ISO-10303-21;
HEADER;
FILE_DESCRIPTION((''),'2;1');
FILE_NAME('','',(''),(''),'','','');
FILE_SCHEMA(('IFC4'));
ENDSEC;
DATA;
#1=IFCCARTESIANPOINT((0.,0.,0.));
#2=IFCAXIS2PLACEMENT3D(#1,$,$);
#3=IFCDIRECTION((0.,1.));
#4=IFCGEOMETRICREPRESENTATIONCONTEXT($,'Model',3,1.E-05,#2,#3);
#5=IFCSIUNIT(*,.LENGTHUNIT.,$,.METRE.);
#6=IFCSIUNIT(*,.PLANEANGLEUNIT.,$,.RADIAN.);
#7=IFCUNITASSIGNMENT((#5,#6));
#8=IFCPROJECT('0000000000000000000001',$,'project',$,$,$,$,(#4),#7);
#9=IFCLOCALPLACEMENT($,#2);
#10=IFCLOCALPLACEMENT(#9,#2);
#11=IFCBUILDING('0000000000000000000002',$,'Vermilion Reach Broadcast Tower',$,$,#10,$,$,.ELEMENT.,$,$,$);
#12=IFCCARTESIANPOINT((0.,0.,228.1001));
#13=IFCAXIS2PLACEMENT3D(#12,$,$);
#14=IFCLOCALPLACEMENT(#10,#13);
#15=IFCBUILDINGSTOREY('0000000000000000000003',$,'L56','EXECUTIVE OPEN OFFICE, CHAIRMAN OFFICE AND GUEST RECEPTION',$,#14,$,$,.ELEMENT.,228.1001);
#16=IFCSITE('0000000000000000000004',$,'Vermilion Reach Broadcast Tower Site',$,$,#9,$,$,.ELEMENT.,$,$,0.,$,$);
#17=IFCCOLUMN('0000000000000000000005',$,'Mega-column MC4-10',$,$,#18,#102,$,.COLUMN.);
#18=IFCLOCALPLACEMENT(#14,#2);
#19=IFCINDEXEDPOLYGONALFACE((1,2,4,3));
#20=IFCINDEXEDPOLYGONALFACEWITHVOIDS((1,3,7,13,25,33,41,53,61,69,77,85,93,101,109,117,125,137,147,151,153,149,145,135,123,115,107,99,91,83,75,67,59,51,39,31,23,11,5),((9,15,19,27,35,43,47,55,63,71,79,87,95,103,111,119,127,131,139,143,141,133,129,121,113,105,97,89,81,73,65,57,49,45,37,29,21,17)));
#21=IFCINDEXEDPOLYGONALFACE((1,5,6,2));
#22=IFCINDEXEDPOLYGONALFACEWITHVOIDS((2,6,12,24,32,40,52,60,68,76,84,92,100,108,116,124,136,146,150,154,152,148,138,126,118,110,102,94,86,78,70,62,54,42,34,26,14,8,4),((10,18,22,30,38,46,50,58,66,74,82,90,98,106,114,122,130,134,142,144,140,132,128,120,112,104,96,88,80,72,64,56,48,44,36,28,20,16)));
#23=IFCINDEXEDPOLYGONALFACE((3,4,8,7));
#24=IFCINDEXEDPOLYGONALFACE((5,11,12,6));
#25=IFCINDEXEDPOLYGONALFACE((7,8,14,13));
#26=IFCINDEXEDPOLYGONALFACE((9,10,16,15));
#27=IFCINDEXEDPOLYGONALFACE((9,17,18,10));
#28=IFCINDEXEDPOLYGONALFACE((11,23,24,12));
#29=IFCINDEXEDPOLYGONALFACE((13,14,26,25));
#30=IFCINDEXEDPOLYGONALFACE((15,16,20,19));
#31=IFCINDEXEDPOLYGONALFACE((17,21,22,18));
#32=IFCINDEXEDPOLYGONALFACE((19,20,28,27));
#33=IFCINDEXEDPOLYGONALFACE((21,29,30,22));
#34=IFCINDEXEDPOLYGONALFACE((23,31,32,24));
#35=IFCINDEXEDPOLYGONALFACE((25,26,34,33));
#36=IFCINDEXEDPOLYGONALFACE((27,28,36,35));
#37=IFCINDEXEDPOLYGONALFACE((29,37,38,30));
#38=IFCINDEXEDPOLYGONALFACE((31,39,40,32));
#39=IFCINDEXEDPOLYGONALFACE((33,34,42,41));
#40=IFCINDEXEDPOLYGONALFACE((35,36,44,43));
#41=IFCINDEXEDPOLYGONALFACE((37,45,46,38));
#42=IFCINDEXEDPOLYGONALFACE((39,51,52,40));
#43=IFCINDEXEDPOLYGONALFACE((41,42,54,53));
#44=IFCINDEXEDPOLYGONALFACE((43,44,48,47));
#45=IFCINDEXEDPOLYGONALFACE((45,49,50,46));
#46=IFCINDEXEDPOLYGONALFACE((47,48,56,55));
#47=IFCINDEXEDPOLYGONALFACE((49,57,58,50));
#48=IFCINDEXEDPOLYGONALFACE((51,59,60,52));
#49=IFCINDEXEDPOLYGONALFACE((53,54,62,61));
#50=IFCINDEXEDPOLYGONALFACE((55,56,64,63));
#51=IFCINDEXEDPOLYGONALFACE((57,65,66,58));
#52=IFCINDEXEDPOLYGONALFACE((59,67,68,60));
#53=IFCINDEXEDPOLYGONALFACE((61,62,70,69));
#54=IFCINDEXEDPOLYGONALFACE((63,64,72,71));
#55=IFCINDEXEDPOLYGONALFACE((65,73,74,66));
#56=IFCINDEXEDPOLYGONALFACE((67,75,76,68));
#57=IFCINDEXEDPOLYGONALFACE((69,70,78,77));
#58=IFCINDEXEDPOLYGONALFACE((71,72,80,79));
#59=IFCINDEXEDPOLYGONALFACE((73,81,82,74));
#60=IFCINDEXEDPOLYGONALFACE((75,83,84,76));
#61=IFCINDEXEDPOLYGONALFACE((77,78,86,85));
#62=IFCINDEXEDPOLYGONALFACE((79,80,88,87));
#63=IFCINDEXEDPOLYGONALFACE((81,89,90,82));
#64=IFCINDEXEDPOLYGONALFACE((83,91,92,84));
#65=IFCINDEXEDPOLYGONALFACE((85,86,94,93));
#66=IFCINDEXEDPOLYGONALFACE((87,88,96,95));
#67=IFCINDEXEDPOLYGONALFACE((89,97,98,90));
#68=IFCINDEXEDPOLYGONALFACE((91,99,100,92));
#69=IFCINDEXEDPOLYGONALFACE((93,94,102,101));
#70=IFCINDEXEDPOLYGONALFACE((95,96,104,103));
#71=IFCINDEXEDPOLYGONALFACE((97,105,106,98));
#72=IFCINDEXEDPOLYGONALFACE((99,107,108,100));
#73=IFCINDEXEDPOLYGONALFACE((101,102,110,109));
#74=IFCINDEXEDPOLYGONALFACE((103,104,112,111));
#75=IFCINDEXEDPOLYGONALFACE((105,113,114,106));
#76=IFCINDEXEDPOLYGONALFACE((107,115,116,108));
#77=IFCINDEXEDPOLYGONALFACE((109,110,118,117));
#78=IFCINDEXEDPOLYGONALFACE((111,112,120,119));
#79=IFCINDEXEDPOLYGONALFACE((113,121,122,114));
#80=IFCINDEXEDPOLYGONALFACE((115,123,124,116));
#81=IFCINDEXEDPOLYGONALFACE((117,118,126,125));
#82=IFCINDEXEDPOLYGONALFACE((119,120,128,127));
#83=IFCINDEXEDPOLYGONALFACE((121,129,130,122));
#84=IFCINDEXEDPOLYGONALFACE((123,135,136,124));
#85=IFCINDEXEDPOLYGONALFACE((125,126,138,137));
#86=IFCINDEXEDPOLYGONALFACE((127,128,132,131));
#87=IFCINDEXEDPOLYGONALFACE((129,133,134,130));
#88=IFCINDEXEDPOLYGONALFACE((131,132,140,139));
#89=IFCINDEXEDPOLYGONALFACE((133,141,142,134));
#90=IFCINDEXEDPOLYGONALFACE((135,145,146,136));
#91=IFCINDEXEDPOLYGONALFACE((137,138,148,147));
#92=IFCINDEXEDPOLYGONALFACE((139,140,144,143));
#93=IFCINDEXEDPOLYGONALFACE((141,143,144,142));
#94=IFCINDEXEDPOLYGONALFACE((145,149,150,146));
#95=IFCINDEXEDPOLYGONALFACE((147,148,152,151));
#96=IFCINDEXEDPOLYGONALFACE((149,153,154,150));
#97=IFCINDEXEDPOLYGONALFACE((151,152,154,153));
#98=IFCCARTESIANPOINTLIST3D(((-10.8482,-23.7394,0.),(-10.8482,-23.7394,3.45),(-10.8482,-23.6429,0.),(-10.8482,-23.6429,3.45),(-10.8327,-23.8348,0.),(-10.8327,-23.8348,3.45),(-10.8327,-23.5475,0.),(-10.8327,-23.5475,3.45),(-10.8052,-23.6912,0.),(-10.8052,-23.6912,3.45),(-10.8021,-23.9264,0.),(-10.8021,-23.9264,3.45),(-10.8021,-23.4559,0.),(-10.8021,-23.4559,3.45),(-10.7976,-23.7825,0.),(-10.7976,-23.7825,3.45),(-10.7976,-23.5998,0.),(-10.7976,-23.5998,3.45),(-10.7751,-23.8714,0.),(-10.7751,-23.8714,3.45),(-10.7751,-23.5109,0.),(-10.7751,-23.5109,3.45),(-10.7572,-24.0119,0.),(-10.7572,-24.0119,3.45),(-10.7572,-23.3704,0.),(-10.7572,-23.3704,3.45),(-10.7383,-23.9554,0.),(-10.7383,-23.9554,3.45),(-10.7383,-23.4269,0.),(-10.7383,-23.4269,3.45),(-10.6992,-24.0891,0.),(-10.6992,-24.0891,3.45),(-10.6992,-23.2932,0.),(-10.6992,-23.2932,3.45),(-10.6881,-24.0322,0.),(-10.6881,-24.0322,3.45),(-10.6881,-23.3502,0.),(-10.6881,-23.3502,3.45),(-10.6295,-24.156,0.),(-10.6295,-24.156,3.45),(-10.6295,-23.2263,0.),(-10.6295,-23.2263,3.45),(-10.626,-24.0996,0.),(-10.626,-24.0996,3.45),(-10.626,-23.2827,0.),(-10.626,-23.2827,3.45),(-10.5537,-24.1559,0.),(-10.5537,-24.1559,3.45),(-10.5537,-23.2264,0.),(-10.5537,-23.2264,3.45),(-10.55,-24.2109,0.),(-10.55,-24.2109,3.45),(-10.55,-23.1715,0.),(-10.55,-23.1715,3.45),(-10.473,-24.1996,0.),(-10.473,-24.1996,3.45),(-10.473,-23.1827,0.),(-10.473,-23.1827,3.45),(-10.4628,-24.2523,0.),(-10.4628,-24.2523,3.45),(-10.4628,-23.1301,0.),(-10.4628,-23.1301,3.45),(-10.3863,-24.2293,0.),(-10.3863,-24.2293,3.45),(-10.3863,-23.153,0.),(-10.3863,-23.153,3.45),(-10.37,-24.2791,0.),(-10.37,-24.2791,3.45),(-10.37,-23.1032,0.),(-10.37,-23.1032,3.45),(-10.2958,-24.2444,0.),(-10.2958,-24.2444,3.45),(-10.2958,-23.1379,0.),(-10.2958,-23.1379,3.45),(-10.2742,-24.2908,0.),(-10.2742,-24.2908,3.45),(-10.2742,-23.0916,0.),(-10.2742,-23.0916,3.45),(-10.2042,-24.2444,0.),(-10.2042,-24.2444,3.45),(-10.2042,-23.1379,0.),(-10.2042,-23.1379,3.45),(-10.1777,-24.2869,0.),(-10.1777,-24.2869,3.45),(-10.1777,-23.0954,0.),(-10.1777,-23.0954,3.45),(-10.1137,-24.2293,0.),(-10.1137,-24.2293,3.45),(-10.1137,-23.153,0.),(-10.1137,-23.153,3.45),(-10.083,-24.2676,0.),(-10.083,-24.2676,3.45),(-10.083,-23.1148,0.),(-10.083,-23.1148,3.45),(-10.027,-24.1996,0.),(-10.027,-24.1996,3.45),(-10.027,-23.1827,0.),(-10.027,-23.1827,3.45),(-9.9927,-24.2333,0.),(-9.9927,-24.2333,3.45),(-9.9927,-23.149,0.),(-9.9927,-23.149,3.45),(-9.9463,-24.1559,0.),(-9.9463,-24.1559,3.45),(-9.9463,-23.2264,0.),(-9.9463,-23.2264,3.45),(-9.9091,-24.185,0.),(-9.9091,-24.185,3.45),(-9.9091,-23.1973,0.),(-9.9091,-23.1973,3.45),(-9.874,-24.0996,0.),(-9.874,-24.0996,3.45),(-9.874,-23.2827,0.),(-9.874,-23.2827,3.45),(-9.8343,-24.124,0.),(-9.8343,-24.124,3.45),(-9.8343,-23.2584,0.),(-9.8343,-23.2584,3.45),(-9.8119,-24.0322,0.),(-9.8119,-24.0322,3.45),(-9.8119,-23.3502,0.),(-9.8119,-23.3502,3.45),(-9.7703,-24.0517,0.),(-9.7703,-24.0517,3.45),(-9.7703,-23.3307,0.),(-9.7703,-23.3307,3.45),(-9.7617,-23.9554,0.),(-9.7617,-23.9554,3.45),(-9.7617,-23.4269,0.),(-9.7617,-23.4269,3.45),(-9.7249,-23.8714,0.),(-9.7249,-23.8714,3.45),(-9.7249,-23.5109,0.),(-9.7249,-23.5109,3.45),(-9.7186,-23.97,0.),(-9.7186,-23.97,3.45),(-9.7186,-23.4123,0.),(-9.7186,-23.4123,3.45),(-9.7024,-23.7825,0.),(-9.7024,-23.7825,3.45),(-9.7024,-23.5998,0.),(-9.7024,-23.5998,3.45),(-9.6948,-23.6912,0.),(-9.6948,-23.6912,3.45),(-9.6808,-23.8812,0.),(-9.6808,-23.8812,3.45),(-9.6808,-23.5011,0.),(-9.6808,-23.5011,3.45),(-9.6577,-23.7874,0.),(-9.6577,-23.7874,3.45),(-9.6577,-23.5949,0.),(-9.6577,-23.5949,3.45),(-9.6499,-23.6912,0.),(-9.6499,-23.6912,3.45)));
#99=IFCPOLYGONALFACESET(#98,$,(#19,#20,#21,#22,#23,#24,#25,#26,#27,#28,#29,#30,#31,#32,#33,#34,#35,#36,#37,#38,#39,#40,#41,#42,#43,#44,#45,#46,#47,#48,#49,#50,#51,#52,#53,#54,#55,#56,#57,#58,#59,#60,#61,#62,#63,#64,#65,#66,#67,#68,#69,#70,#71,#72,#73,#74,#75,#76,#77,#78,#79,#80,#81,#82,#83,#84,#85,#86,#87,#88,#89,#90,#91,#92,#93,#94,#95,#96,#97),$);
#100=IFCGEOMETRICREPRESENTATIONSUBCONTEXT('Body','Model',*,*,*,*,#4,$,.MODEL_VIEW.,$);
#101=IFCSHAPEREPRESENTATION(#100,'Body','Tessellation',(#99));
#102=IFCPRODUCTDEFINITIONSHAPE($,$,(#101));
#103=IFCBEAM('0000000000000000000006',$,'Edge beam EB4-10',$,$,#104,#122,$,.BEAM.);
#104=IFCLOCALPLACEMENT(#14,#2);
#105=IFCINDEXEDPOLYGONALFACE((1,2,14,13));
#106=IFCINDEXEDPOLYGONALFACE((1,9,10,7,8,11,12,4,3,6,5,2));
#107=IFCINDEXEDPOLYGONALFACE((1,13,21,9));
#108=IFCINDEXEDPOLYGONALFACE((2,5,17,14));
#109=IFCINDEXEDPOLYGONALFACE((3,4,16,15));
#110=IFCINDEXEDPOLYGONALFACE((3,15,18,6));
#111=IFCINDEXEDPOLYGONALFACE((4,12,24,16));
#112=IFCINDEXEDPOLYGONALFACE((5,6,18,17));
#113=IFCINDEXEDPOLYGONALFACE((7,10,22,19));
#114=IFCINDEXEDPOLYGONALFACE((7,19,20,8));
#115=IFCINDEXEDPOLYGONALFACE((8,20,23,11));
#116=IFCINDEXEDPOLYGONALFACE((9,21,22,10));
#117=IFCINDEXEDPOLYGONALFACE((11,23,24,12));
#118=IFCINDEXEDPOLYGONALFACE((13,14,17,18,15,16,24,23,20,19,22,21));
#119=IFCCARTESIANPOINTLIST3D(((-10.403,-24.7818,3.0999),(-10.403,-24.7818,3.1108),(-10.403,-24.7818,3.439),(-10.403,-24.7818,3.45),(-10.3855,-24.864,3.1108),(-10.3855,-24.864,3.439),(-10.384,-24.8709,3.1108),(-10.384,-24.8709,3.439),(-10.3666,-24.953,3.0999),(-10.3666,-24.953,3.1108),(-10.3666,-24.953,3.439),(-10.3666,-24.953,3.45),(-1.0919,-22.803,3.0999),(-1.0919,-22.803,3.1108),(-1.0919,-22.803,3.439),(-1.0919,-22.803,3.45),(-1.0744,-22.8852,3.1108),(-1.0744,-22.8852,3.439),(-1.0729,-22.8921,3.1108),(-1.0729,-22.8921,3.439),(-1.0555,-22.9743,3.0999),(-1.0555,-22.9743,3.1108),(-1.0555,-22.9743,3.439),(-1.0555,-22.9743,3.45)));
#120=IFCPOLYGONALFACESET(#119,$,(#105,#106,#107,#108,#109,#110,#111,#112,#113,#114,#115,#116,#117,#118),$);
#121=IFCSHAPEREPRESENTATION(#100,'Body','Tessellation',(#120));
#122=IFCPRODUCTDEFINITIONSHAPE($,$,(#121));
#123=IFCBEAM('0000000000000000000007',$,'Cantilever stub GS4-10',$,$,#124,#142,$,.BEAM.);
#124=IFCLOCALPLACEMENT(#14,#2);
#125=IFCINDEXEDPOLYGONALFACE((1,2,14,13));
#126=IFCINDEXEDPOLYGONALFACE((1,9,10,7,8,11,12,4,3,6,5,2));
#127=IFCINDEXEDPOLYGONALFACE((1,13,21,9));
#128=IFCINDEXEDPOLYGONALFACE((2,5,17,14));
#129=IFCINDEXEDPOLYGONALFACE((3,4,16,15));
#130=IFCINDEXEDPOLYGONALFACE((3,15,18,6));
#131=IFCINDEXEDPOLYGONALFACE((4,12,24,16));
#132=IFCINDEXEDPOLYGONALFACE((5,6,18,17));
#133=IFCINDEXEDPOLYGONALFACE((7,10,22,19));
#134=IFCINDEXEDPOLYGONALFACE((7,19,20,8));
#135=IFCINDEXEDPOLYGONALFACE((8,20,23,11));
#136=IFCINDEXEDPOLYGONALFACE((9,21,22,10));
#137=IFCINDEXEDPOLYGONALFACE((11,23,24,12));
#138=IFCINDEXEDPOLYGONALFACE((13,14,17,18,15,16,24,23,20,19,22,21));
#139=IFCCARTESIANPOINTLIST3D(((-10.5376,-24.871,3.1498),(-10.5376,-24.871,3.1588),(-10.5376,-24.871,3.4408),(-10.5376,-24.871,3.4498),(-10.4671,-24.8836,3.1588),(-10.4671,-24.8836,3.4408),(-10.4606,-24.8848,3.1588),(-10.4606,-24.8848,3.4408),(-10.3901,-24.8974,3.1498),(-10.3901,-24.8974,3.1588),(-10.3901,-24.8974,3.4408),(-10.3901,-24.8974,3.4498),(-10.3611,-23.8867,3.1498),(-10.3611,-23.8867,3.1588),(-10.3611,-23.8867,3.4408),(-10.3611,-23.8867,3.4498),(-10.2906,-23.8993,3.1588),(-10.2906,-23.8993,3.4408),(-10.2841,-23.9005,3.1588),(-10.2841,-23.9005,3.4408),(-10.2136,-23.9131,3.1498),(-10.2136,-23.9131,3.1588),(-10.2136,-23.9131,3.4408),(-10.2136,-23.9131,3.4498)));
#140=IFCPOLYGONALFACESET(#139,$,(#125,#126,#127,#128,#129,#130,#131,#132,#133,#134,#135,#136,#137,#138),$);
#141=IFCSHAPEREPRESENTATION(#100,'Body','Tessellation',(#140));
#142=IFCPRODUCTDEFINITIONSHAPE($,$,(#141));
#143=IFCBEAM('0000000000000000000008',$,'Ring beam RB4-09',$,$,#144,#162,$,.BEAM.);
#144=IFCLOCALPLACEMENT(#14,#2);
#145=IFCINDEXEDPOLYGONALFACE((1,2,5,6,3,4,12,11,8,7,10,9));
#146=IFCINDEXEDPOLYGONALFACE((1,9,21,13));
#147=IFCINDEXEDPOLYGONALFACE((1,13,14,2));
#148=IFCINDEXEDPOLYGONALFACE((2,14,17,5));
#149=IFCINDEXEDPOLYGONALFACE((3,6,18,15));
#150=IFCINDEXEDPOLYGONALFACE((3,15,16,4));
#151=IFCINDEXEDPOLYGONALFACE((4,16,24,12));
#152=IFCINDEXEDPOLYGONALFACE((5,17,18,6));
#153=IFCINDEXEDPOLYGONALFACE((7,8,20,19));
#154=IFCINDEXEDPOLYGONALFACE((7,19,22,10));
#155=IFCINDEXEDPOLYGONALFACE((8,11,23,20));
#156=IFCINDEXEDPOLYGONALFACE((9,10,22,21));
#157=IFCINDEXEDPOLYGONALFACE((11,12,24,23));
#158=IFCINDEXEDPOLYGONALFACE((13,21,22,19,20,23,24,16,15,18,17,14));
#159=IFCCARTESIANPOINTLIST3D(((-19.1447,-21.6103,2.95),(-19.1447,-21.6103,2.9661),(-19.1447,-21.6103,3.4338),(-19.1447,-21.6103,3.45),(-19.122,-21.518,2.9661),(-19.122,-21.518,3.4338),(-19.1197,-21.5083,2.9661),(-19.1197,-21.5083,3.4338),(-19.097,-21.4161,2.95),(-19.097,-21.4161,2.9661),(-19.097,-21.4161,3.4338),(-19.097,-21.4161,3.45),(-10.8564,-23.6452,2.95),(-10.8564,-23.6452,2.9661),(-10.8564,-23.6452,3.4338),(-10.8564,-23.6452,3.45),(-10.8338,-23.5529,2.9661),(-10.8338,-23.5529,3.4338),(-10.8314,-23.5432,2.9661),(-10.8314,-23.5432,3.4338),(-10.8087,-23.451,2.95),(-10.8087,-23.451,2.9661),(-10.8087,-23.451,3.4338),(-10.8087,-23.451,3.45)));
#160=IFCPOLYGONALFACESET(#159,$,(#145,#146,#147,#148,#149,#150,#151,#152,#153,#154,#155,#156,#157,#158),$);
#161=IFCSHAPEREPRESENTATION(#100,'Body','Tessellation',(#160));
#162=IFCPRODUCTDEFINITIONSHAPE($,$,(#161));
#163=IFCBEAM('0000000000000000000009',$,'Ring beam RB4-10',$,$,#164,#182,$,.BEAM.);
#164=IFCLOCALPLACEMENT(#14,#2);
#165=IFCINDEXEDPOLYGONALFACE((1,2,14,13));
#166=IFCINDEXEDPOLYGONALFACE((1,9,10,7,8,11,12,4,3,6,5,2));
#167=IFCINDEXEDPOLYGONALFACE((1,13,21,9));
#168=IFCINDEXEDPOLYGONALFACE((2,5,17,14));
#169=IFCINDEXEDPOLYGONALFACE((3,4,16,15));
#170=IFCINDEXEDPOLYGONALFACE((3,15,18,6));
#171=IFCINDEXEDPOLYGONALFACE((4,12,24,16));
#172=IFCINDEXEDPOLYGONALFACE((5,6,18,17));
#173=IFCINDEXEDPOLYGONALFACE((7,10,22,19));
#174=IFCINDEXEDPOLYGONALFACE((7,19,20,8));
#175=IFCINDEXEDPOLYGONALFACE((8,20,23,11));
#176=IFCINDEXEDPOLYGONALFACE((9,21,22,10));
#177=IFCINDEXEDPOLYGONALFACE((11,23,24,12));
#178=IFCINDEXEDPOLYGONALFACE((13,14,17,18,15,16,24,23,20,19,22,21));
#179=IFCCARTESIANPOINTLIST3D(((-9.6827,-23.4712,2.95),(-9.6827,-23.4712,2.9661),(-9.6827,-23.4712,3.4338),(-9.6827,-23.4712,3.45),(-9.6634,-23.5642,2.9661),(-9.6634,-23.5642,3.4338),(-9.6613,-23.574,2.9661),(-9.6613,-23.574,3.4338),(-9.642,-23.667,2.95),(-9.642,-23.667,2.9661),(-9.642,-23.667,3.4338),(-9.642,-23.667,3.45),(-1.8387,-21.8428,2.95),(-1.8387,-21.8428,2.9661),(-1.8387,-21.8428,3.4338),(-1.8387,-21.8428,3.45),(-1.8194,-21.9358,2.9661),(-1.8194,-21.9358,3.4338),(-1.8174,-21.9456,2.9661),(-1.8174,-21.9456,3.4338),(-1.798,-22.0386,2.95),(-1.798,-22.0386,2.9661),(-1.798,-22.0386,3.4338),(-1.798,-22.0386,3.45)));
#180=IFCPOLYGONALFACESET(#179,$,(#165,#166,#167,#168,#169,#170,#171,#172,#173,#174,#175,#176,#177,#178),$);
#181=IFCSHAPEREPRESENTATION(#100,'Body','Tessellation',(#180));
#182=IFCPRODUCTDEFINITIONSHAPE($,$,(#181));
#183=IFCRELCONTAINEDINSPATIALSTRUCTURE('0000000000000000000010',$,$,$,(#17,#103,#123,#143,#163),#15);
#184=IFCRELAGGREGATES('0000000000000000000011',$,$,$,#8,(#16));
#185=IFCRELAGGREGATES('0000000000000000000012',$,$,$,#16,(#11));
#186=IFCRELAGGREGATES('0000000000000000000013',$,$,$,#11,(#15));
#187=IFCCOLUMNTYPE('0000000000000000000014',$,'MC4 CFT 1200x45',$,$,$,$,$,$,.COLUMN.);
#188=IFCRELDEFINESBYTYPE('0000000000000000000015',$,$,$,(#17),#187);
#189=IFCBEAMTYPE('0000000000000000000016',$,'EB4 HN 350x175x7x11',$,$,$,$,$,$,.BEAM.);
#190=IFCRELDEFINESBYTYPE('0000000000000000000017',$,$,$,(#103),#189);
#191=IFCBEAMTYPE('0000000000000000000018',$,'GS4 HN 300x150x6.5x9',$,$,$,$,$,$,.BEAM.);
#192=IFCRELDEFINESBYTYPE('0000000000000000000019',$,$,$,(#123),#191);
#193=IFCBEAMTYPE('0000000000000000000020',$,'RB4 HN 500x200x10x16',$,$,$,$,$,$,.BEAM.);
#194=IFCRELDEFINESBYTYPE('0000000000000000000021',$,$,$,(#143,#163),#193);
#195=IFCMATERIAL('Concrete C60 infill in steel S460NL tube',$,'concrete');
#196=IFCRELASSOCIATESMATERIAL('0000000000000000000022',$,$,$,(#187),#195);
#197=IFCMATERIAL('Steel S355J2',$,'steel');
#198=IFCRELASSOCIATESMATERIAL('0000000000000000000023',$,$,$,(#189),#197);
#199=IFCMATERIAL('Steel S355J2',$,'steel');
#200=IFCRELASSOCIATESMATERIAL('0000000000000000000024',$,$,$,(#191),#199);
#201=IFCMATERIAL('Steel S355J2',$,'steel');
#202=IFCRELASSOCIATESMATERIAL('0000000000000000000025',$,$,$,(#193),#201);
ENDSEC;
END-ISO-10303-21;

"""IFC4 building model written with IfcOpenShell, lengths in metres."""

from ifc_helpers import new_model, si_unit, direction, frame, origin, origin_2d, place, context, subcontext, project, spatial, hollow_circle, i_section, extrude, material, material_profile, profile_set, type_object, element, save


model = new_model("IFC4")

# Units and contexts
model_context = context("Model", 3, precision=1e-05, world=origin(), true_north=direction((0.0, 1.0)))
body_context = subcontext(model_context, "Body", "Model", "MODEL_VIEW")
ifc_project = project(units=[si_unit("LENGTHUNIT", "METRE"), si_unit("PLANEANGLEUNIT", "RADIAN")], contexts=[model_context])

# Site, building, storey
site_placement = place(None, origin())
site = spatial("IfcSite", under=ifc_project, at=site_placement, Name="Vermilion Reach Broadcast Tower Site", CompositionType="ELEMENT", RefElevation=0.0)
building_placement = place(site_placement, origin())
building = spatial("IfcBuilding", under=site, at=building_placement, Name="Vermilion Reach Broadcast Tower", CompositionType="ELEMENT")
storey_placement = place(building_placement, frame((0.0, 0.0, 228.1001)))
storey = spatial("IfcBuildingStorey", under=building, at=storey_placement, Name="L56", Description="EXECUTIVE OPEN OFFICE, CHAIRMAN OFFICE AND GUEST RECEPTION", CompositionType="ELEMENT", Elevation=228.1001)

# Column
ifc_material_1 = material(Name="Concrete C60 infill in steel S460NL tube", Category="concrete")
ifc_material_profile_1 = material_profile(ifc_material_1, hollow_circle(Radius=0.6001, WallThickness=0.0449, at=origin_2d()), Name="Concrete C60 infill in steel S460NL tube CFT 1200x45")
ifc_profile_set_1 = profile_set([ifc_material_profile_1], Name="Concrete C60 infill in steel S460NL tube")
column_type = type_object("IfcColumnType", Name="MC4 CFT 1200x45", PredefinedType="COLUMN", material=ifc_profile_set_1)
column_placement = place(storey_placement, frame((-10.25, -23.6912, 0.0), z_axis=(0.0, 0.0, 1.0), x_axis=(1.0, 0.0, 0.0)))
element("IfcColumn", 1, at=column_placement, inside=storey, type_object=column_type, Name="Mega-column MC4-10", PredefinedType="COLUMN", context=body_context, shape_type="SweptSolid", body=[
    extrude(hollow_circle(Radius=0.6001, WallThickness=0.0449, at=origin_2d()), origin(), (0.0, 0.0, 1.0), 3.45),
])

# Beams
ifc_material_2 = material(Name="Steel S355J2", Category="steel")
ifc_material_profile_2 = material_profile(ifc_material_2, i_section(OverallWidth=0.175, OverallDepth=0.3501, WebThickness=0.0071, FlangeThickness=0.011, at=origin_2d()), Name="S355J2 HN 350x175x7x11")
ifc_profile_set_2 = profile_set([ifc_material_profile_2], Name="Steel S355J2")
beam_type_1 = type_object("IfcBeamType", Name="EB4 HN 350x175x7x11", PredefinedType="BEAM", material=ifc_profile_set_2)
beam_1_placement = place(storey_placement, frame((-10.3848, -24.8674, 3.2749), z_axis=(0.978155, 0.207875, 0.0), x_axis=(-0.207875, 0.978155, 0.0)))
element("IfcBeam", 2, at=beam_1_placement, inside=storey, type_object=beam_type_1, Name="Edge beam EB4-10", PredefinedType="BEAM", context=body_context, shape_type="SweptSolid", body=[
    extrude(i_section(OverallWidth=0.175, OverallDepth=0.3501, WebThickness=0.0071, FlangeThickness=0.011, at=origin_2d()), origin(), (0.0, 0.0, 1.0), 9.519),
])
ifc_material_3 = material(Name="Steel S355J2", Category="steel")
ifc_material_profile_3 = material_profile(ifc_material_3, i_section(OverallWidth=0.1499, OverallDepth=0.3, WebThickness=0.0066, FlangeThickness=0.009, at=origin_2d()), Name="S355J2 HN 300x150x6.5x9")
ifc_profile_set_3 = profile_set([ifc_material_profile_3], Name="Steel S355J2")
beam_type_2 = type_object("IfcBeamType", Name="GS4 HN 300x150x6.5x9", PredefinedType="BEAM", material=ifc_profile_set_3)
beam_2_placement = place(storey_placement, frame((-10.2874, -23.8999, 3.2998), z_axis=(-0.1765, -0.984301, 0.0), x_axis=(0.984301, -0.1765, 0.0)))
element("IfcBeam", 3, at=beam_2_placement, inside=storey, type_object=beam_type_2, Name="Cantilever stub GS4-10", PredefinedType="BEAM", context=body_context, shape_type="SweptSolid", body=[
    extrude(i_section(OverallWidth=0.1499, OverallDepth=0.3, WebThickness=0.0066, FlangeThickness=0.009, at=origin_2d()), origin(), (0.0, 0.0, 1.0), 1.0),
])
ifc_material_4 = material(Name="Steel S355J2", Category="steel")
ifc_material_profile_4 = material_profile(ifc_material_4, i_section(OverallWidth=0.2, OverallDepth=0.5, WebThickness=0.01, FlangeThickness=0.0161, at=origin_2d()), Name="S355J2 HN 500x200x10x16")
ifc_profile_set_4 = profile_set([ifc_material_profile_4], Name="Steel S355J2")
beam_type_3 = type_object("IfcBeamType", Name="RB4 HN 500x200x10x16", PredefinedType="BEAM", material=ifc_profile_set_4)
beam_3_placement = place(storey_placement, frame((-19.1208, -21.5132, 3.2), z_axis=(0.971159, -0.238434, 0.0), x_axis=(0.238434, 0.971159, 0.0)))
element("IfcBeam", 4, at=beam_3_placement, inside=storey, type_object=beam_type_3, Name="Ring beam RB4-09", PredefinedType="BEAM", context=body_context, shape_type="SweptSolid", body=[
    extrude(i_section(OverallWidth=0.2, OverallDepth=0.5, WebThickness=0.01, FlangeThickness=0.0161, at=origin_2d()), origin(), (0.0, 0.0, 1.0), 8.5344),
])
beam_4_placement = place(storey_placement, frame((-9.6624, -23.5691, 3.2), z_axis=(0.979123, 0.203267, 0.0), x_axis=(-0.203267, 0.979123, 0.0)))
element("IfcBeam", 5, at=beam_4_placement, inside=storey, type_object=beam_type_3, Name="Ring beam RB4-10", PredefinedType="BEAM", context=body_context, shape_type="SweptSolid", body=[
    extrude(i_section(OverallWidth=0.2, OverallDepth=0.5, WebThickness=0.01, FlangeThickness=0.0161, at=origin_2d()), origin(), (0.0, 0.0, 1.0), 8.0112),
])

save(model, "model.ifc")
